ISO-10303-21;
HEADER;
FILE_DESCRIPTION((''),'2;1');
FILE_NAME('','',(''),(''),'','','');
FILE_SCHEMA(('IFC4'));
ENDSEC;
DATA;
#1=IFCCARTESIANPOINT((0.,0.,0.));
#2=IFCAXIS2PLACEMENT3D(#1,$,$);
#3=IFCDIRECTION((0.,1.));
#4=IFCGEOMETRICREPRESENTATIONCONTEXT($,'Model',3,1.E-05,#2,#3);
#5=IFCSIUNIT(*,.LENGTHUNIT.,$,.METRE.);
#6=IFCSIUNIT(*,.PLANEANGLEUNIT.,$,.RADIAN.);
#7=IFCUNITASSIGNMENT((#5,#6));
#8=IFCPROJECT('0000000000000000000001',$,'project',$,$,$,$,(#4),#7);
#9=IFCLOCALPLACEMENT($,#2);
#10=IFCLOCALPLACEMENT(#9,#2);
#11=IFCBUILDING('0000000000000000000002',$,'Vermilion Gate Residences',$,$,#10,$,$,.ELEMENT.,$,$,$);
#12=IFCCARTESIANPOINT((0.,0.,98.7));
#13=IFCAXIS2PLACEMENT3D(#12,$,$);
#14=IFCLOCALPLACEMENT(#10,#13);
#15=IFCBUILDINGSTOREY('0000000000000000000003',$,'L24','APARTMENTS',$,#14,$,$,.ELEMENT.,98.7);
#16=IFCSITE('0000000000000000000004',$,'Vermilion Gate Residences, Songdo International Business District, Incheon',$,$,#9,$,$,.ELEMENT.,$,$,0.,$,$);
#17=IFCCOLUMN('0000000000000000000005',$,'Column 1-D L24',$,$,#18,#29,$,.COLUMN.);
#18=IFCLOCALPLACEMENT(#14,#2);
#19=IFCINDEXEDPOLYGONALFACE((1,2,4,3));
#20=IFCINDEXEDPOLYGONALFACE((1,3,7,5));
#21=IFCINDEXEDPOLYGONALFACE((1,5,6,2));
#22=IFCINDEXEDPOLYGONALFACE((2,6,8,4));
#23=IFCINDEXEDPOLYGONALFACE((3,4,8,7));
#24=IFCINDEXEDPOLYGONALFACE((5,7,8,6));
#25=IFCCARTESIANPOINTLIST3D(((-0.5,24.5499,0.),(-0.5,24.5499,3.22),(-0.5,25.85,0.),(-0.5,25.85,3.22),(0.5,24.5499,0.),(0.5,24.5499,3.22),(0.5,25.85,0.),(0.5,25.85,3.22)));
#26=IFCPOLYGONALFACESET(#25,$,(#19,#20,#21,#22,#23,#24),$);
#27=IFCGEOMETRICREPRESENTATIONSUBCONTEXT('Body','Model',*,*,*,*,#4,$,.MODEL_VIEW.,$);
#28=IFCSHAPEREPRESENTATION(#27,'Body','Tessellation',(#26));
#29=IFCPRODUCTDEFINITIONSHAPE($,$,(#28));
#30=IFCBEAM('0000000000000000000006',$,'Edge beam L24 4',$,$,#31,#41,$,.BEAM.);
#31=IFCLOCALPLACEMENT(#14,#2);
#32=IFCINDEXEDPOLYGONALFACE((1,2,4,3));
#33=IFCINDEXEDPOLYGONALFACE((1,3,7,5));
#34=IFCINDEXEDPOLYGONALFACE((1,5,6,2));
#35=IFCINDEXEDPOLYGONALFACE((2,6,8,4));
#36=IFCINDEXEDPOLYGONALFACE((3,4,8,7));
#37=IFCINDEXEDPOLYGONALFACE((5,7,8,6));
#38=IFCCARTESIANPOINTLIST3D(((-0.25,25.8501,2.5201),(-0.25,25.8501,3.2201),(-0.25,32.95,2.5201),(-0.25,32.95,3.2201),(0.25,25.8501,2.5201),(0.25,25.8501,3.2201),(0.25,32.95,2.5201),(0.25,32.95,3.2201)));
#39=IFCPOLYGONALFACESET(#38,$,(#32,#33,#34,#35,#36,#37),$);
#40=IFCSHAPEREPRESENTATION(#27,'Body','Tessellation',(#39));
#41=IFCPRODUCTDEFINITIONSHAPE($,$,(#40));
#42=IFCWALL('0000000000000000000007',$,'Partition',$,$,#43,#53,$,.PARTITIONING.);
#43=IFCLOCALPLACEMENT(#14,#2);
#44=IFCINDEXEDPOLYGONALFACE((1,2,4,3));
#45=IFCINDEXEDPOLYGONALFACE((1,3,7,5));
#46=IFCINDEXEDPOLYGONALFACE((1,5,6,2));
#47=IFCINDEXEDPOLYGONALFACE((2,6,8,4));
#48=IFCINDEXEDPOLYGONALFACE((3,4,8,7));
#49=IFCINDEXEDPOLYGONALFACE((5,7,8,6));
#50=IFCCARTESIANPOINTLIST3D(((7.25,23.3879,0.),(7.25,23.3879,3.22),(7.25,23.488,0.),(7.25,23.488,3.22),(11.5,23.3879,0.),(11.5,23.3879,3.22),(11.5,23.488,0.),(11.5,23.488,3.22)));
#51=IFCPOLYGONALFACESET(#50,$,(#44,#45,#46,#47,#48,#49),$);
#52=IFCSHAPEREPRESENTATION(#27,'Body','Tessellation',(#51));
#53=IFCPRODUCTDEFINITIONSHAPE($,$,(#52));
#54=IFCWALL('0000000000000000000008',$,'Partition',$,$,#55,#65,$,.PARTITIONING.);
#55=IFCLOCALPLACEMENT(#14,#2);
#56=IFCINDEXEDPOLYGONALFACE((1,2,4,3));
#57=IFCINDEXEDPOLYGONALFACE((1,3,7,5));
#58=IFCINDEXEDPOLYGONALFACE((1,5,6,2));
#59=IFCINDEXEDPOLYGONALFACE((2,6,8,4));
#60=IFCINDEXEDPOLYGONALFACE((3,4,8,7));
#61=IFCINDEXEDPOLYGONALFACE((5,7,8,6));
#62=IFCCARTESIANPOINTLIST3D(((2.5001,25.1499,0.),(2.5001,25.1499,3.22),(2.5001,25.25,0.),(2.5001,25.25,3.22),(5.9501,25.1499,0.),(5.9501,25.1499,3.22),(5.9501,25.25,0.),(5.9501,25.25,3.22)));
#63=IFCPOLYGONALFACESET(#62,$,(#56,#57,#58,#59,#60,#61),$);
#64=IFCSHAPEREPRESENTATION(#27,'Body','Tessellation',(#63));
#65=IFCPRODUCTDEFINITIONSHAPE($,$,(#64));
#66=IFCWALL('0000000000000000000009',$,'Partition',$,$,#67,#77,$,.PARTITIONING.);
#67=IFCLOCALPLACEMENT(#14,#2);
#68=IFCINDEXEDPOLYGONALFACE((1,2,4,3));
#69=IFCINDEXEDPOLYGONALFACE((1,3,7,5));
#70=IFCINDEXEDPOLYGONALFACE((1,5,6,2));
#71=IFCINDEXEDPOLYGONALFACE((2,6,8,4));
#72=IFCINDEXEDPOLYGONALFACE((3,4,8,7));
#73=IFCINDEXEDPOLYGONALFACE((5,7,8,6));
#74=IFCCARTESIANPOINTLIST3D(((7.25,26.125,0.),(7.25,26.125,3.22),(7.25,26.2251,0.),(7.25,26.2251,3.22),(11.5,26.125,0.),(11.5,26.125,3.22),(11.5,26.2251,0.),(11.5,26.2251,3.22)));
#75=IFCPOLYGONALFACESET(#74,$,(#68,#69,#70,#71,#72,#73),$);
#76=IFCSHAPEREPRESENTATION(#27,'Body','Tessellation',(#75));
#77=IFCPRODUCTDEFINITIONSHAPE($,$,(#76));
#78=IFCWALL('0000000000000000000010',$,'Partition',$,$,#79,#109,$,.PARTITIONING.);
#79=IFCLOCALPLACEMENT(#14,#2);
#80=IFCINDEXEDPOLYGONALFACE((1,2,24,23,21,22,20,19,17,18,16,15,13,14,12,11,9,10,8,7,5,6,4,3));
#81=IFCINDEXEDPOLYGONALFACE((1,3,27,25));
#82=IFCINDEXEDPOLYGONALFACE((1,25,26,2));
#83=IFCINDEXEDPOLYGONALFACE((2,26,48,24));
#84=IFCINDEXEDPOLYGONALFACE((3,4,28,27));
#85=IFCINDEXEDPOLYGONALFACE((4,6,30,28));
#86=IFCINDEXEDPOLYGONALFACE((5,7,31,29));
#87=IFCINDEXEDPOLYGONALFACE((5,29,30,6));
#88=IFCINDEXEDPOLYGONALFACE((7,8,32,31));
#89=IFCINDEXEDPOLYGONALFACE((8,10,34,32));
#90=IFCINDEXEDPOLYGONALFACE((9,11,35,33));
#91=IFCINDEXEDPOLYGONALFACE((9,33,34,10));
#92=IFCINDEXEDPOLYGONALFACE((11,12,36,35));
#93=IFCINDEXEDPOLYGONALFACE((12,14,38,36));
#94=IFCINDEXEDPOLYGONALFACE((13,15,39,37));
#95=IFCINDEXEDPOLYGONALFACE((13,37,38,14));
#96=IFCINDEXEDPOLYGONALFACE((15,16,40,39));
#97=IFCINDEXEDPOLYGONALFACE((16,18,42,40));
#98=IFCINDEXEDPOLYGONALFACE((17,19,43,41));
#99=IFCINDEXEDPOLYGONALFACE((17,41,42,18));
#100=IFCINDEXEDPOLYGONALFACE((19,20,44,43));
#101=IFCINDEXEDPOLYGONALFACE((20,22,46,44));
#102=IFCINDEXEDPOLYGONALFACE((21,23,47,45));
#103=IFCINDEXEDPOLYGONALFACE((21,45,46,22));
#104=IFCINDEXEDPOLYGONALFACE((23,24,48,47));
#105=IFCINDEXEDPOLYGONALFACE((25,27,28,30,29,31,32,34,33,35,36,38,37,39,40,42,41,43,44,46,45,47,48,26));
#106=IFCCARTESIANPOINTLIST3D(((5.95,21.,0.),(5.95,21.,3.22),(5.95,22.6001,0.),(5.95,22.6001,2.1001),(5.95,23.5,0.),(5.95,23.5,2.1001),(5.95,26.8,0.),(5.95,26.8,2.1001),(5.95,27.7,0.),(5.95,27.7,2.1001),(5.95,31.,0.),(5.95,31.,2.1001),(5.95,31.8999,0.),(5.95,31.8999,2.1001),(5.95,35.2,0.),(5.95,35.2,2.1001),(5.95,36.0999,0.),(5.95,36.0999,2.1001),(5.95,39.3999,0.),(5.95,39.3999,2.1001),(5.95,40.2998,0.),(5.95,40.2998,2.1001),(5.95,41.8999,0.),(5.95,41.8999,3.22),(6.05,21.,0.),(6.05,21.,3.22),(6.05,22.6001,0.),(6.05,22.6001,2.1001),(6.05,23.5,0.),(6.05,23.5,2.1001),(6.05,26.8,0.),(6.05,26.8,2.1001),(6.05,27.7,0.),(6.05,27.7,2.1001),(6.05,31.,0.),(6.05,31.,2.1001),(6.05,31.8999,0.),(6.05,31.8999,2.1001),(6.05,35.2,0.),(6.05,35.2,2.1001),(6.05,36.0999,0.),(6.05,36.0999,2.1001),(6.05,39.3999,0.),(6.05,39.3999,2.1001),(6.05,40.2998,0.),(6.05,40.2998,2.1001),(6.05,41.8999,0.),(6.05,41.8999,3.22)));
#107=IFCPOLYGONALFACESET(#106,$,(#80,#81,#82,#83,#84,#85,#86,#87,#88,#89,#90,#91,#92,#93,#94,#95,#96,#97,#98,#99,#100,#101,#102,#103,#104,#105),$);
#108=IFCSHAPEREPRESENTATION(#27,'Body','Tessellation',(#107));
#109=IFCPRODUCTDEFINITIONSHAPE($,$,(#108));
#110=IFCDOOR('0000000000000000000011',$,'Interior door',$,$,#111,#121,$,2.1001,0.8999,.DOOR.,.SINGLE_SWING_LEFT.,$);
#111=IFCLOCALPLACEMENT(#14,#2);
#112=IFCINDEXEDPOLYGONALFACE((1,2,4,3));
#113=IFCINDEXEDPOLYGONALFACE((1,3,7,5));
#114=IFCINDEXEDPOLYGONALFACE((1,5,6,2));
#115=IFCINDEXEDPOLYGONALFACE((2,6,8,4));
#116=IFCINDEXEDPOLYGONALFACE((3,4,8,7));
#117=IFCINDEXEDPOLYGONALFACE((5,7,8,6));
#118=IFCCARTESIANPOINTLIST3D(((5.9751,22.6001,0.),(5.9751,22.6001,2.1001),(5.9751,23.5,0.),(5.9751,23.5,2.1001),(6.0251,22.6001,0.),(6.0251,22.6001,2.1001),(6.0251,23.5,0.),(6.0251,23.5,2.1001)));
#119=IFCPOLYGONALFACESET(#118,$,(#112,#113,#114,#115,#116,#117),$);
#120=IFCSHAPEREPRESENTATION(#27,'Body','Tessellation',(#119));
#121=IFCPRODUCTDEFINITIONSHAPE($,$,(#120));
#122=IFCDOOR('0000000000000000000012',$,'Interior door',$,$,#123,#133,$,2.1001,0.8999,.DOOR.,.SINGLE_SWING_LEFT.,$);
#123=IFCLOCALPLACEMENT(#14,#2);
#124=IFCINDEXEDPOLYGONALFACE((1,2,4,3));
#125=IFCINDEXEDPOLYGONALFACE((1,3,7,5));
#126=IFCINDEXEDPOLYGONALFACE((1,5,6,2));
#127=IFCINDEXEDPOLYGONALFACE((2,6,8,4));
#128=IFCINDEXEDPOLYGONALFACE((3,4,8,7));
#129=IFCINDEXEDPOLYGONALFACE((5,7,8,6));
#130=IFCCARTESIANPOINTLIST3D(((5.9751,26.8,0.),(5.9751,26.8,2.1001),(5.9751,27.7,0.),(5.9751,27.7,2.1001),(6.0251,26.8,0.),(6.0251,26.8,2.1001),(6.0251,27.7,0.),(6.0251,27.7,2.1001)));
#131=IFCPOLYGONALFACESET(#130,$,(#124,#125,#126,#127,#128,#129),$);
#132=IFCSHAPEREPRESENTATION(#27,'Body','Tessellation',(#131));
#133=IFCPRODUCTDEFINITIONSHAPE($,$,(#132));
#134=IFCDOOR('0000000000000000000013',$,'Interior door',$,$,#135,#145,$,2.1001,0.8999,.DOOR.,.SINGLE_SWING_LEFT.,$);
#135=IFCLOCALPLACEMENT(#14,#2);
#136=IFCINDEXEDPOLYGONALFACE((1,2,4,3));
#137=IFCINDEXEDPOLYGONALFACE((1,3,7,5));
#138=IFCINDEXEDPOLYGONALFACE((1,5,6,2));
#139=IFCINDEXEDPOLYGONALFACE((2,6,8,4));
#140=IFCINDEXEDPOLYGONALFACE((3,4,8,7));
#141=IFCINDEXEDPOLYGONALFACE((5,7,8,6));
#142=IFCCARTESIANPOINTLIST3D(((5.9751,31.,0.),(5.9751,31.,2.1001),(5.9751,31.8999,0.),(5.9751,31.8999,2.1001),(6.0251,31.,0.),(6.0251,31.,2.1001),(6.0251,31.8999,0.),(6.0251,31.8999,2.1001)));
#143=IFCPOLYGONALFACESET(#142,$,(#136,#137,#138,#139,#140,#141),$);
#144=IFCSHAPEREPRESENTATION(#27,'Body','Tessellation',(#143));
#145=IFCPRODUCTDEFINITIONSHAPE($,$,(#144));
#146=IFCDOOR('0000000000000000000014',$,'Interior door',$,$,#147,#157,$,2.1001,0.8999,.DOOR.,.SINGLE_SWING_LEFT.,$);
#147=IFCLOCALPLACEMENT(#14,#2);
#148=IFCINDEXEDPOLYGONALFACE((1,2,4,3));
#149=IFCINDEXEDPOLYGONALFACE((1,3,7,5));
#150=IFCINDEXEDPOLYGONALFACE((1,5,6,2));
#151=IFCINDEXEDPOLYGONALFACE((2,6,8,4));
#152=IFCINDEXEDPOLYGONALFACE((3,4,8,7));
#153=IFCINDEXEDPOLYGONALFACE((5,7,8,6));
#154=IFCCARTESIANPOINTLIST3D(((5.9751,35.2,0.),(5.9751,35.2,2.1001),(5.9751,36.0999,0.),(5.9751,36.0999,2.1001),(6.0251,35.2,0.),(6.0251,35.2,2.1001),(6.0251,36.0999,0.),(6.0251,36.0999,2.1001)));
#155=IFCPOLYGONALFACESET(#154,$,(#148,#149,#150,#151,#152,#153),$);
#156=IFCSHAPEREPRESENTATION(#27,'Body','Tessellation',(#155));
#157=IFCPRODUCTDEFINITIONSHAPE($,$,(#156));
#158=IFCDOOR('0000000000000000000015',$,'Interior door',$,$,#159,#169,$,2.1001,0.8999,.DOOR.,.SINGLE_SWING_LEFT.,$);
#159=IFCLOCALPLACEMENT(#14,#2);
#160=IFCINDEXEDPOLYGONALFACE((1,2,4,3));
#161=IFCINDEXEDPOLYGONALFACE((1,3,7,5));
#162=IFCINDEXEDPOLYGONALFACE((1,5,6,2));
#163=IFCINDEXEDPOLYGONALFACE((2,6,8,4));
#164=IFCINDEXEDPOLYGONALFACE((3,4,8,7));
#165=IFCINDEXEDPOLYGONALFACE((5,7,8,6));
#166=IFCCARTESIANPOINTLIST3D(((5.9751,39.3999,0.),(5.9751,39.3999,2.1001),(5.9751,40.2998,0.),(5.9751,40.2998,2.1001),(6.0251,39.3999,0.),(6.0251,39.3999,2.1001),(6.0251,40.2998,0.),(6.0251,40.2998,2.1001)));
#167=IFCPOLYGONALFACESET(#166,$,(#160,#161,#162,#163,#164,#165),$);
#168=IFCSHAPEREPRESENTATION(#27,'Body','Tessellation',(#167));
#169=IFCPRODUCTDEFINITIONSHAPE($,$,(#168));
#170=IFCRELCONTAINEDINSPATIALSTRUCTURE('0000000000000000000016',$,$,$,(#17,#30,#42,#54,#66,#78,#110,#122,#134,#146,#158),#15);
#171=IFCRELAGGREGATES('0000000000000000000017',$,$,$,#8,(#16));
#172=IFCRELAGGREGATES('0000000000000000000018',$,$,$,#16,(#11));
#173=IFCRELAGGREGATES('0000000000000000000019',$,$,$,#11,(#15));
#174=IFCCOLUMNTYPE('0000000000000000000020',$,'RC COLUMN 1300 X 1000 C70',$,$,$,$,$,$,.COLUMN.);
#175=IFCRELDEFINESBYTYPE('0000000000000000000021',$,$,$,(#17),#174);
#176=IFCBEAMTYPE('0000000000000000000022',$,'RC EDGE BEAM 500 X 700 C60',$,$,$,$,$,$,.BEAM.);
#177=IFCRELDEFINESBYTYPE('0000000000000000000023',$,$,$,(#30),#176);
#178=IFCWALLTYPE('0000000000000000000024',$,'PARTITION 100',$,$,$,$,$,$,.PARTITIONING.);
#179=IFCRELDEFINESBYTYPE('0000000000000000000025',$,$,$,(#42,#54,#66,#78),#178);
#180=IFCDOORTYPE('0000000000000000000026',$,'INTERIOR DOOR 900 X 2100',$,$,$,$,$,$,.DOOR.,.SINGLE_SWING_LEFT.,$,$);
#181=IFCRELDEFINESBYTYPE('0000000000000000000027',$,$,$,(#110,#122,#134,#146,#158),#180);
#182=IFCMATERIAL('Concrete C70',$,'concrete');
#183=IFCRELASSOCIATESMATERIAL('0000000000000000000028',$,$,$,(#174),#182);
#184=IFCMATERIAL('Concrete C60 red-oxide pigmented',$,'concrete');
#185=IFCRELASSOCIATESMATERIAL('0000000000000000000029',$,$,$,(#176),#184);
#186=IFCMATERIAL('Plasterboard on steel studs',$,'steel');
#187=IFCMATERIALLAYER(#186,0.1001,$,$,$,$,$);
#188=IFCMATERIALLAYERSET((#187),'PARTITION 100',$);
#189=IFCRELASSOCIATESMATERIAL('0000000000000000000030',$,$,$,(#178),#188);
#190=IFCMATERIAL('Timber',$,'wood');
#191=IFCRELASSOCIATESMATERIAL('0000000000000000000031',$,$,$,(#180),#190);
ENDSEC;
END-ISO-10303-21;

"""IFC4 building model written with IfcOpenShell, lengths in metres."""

from ifc_helpers import new_model, si_unit, direction, frame, frame_2d, origin, origin_2d, place, context, subcontext, project, spatial, rectangle, extrude, material, layer, layer_set, material_profile, profile_set, type_object, element, fill, save


model = new_model("IFC4")

# Units and contexts
model_context = context("Model", 3, precision=1e-05, world=origin(), true_north=direction((0.0, 1.0)))
body_context = subcontext(model_context, "Body", "Model", "MODEL_VIEW")
ifc_project = project(units=[si_unit("LENGTHUNIT", "METRE"), si_unit("PLANEANGLEUNIT", "RADIAN")], contexts=[model_context])

# Site, building, storey
site_placement = place(None, origin())
site = spatial("IfcSite", under=ifc_project, at=site_placement, Name="Vermilion Gate Residences, Songdo International Business District, Incheon", CompositionType="ELEMENT", RefElevation=0.0)
building_placement = place(site_placement, origin())
building = spatial("IfcBuilding", under=site, at=building_placement, Name="Vermilion Gate Residences", CompositionType="ELEMENT")
storey_placement = place(building_placement, frame((0.0, 0.0, 98.7)))
storey = spatial("IfcBuildingStorey", under=building, at=storey_placement, Name="L24", Description="APARTMENTS", CompositionType="ELEMENT", Elevation=98.7)

# Column
ifc_material_1 = material(Name="Concrete C70", Category="concrete")
ifc_material_profile_1 = material_profile(ifc_material_1, rectangle(XDim=1.3, YDim=1.0, at=origin_2d()), Name="RC-1300x1000")
ifc_profile_set_1 = profile_set([ifc_material_profile_1], Name="Concrete C70")
column_type = type_object("IfcColumnType", Name="RC COLUMN 1300 X 1000 C70", PredefinedType="COLUMN", material=ifc_profile_set_1)
column_placement = place(storey_placement, frame((0.0, 25.2, 0.0), z_axis=(0.0, 0.0, 1.0), x_axis=(0.0, 1.0, 0.0)))
element("IfcColumn", 1, at=column_placement, inside=storey, type_object=column_type, Name="Column 1-D L24", PredefinedType="COLUMN", context=body_context, shape_type="SweptSolid", body=[
    extrude(rectangle(XDim=1.3, YDim=1.0, at=origin_2d()), origin(), (0.0, 0.0, 1.0), 3.22),
])

# Beam
ifc_material_2 = material(Name="Concrete C60 red-oxide pigmented", Category="concrete")
ifc_material_profile_2 = material_profile(ifc_material_2, rectangle(XDim=0.5, YDim=0.7, at=origin_2d()), Name="RC-500x700")
ifc_profile_set_2 = profile_set([ifc_material_profile_2], Name="Concrete C60 red-oxide pigmented")
beam_type = type_object("IfcBeamType", Name="RC EDGE BEAM 500 X 700 C60", PredefinedType="BEAM", material=ifc_profile_set_2)
beam_placement = place(storey_placement, frame((0.0, 25.8501, 2.8701), z_axis=(0.0, 1.0, 0.0), x_axis=(-1.0, 0.0, 0.0)))
element("IfcBeam", 2, at=beam_placement, inside=storey, type_object=beam_type, Name="Edge beam L24 4", PredefinedType="BEAM", context=body_context, shape_type="SweptSolid", body=[
    extrude(rectangle(XDim=0.5, YDim=0.7, at=origin_2d()), origin(), (0.0, 0.0, 1.0), 7.0999),
])

# Walls
ifc_material_3 = material(Name="Plasterboard on steel studs", Category="steel")
ifc_layer = layer(ifc_material_3, 0.1001)
ifc_layer_set = layer_set([ifc_layer], Name="PARTITION 100")
wall_type = type_object("IfcWallType", Name="PARTITION 100", PredefinedType="PARTITIONING", material=ifc_layer_set)
wall_1_placement = place(storey_placement, frame((7.25, 23.438, 0.0), z_axis=(0.0, 0.0, 1.0), x_axis=(1.0, 0.0, 0.0)))
element("IfcWall", 3, at=wall_1_placement, inside=storey, type_object=wall_type, Name="Partition", PredefinedType="PARTITIONING", context=body_context, shape_type="SweptSolid", body=[
    extrude(rectangle(XDim=4.25, YDim=0.1001, at=frame_2d((2.125, 0.0))), origin(), (0.0, 0.0, 1.0), 3.22),
])
wall_2_placement = place(storey_placement, frame((2.5, 25.2, 0.0), z_axis=(0.0, 0.0, 1.0), x_axis=(1.0, 0.0, 0.0)))
element("IfcWall", 4, at=wall_2_placement, inside=storey, type_object=wall_type, Name="Partition", PredefinedType="PARTITIONING", context=body_context, shape_type="SweptSolid", body=[
    extrude(rectangle(XDim=3.45, YDim=0.1001, at=frame_2d((1.7251, 0.0))), origin(), (0.0, 0.0, 1.0), 3.22),
])
wall_3_placement = place(storey_placement, frame((7.25, 26.175, 0.0), z_axis=(0.0, 0.0, 1.0), x_axis=(1.0, 0.0, 0.0)))
element("IfcWall", 5, at=wall_3_placement, inside=storey, type_object=wall_type, Name="Partition", PredefinedType="PARTITIONING", context=body_context, shape_type="SweptSolid", body=[
    extrude(rectangle(XDim=4.25, YDim=0.1001, at=frame_2d((2.125, 0.0))), origin(), (0.0, 0.0, 1.0), 3.22),
])

# Wall, openings, doors
wall_4_placement = place(storey_placement, frame((6.0, 21.0, 0.0), z_axis=(0.0, 0.0, 1.0), x_axis=(0.0, 1.0, 0.0)))
wall_4 = element("IfcWall", 6, at=wall_4_placement, inside=storey, type_object=wall_type, Name="Partition", PredefinedType="PARTITIONING", context=body_context, shape_type="SweptSolid", body=[
    extrude(rectangle(XDim=20.8999, YDim=0.1001, at=frame_2d((10.45, 0.0))), origin(), (0.0, 0.0, 1.0), 3.22),
])
opening_1_placement = place(wall_4_placement, frame((1.6001, 0.0, 0.0)))
opening_1 = element("IfcOpeningElement", 7, at=opening_1_placement, cuts=wall_4, PredefinedType="OPENING", context=body_context, shape_type="SweptSolid", body=[
    extrude(rectangle(XDim=0.8999, YDim=2.1001, at=frame_2d((0.45, 1.05))), frame((0.0, 0.0601, 0.0), z_axis=(0.0, -1.0, 0.0), x_axis=(1.0, 0.0, 0.0)), (0.0, 0.0, 1.0), 0.1201),
])
opening_2_placement = place(wall_4_placement, frame((5.8, 0.0, 0.0)))
opening_2 = element("IfcOpeningElement", 8, at=opening_2_placement, cuts=wall_4, PredefinedType="OPENING", context=body_context, shape_type="SweptSolid", body=[
    extrude(rectangle(XDim=0.8999, YDim=2.1001, at=frame_2d((0.45, 1.05))), frame((0.0, 0.0601, 0.0), z_axis=(0.0, -1.0, 0.0), x_axis=(1.0, 0.0, 0.0)), (0.0, 0.0, 1.0), 0.1201),
])
opening_3_placement = place(wall_4_placement, frame((10.0, 0.0, 0.0)))
opening_3 = element("IfcOpeningElement", 9, at=opening_3_placement, cuts=wall_4, PredefinedType="OPENING", context=body_context, shape_type="SweptSolid", body=[
    extrude(rectangle(XDim=0.8999, YDim=2.1001, at=frame_2d((0.45, 1.05))), frame((0.0, 0.0601, 0.0), z_axis=(0.0, -1.0, 0.0), x_axis=(1.0, 0.0, 0.0)), (0.0, 0.0, 1.0), 0.1201),
])
opening_4_placement = place(wall_4_placement, frame((14.2, 0.0, 0.0)))
opening_4 = element("IfcOpeningElement", 10, at=opening_4_placement, cuts=wall_4, PredefinedType="OPENING", context=body_context, shape_type="SweptSolid", body=[
    extrude(rectangle(XDim=0.8999, YDim=2.1001, at=frame_2d((0.45, 1.05))), frame((0.0, 0.0601, 0.0), z_axis=(0.0, -1.0, 0.0), x_axis=(1.0, 0.0, 0.0)), (0.0, 0.0, 1.0), 0.1201),
])
opening_5_placement = place(wall_4_placement, frame((18.3999, 0.0, 0.0)))
opening_5 = element("IfcOpeningElement", 11, at=opening_5_placement, cuts=wall_4, PredefinedType="OPENING", context=body_context, shape_type="SweptSolid", body=[
    extrude(rectangle(XDim=0.8999, YDim=2.1001, at=frame_2d((0.45, 1.05))), frame((0.0, 0.0601, 0.0), z_axis=(0.0, -1.0, 0.0), x_axis=(1.0, 0.0, 0.0)), (0.0, 0.0, 1.0), 0.1201),
])
ifc_material_4 = material(Name="Timber", Category="wood")
door_type = type_object("IfcDoorType", Name="INTERIOR DOOR 900 X 2100", OperationType="SINGLE_SWING_LEFT", PredefinedType="DOOR", material=ifc_material_4)
door_1_placement = place(opening_1_placement, origin())
door_1 = element("IfcDoor", 12, at=door_1_placement, inside=storey, type_object=door_type, Name="Interior door", OperationType="SINGLE_SWING_LEFT", OverallHeight=2.1001, OverallWidth=0.8999, PredefinedType="DOOR", context=body_context, shape_type="SweptSolid", body=[
    extrude(rectangle(XDim=0.8999, YDim=2.1001, at=frame_2d((0.45, 1.05))), frame((0.0, 0.0249, 0.0), z_axis=(0.0, -1.0, 0.0), x_axis=(1.0, 0.0, 0.0)), (0.0, 0.0, 1.0), 0.05),
])
fill(opening_1, door_1)
door_2_placement = place(opening_2_placement, origin())
door_2 = element("IfcDoor", 13, at=door_2_placement, inside=storey, type_object=door_type, Name="Interior door", OperationType="SINGLE_SWING_LEFT", OverallHeight=2.1001, OverallWidth=0.8999, PredefinedType="DOOR", context=body_context, shape_type="SweptSolid", body=[
    extrude(rectangle(XDim=0.8999, YDim=2.1001, at=frame_2d((0.45, 1.05))), frame((0.0, 0.0249, 0.0), z_axis=(0.0, -1.0, 0.0), x_axis=(1.0, 0.0, 0.0)), (0.0, 0.0, 1.0), 0.05),
])
fill(opening_2, door_2)
door_3_placement = place(opening_3_placement, origin())
door_3 = element("IfcDoor", 14, at=door_3_placement, inside=storey, type_object=door_type, Name="Interior door", OperationType="SINGLE_SWING_LEFT", OverallHeight=2.1001, OverallWidth=0.8999, PredefinedType="DOOR", context=body_context, shape_type="SweptSolid", body=[
    extrude(rectangle(XDim=0.8999, YDim=2.1001, at=frame_2d((0.45, 1.05))), frame((0.0, 0.0249, 0.0), z_axis=(0.0, -1.0, 0.0), x_axis=(1.0, 0.0, 0.0)), (0.0, 0.0, 1.0), 0.05),
])
fill(opening_3, door_3)
door_4_placement = place(opening_4_placement, origin())
door_4 = element("IfcDoor", 15, at=door_4_placement, inside=storey, type_object=door_type, Name="Interior door", OperationType="SINGLE_SWING_LEFT", OverallHeight=2.1001, OverallWidth=0.8999, PredefinedType="DOOR", context=body_context, shape_type="SweptSolid", body=[
    extrude(rectangle(XDim=0.8999, YDim=2.1001, at=frame_2d((0.45, 1.05))), frame((0.0, 0.0249, 0.0), z_axis=(0.0, -1.0, 0.0), x_axis=(1.0, 0.0, 0.0)), (0.0, 0.0, 1.0), 0.05),
])
fill(opening_4, door_4)
door_5_placement = place(opening_5_placement, origin())
door_5 = element("IfcDoor", 16, at=door_5_placement, inside=storey, type_object=door_type, Name="Interior door", OperationType="SINGLE_SWING_LEFT", OverallHeight=2.1001, OverallWidth=0.8999, PredefinedType="DOOR", context=body_context, shape_type="SweptSolid", body=[
    extrude(rectangle(XDim=0.8999, YDim=2.1001, at=frame_2d((0.45, 1.05))), frame((0.0, 0.0249, 0.0), z_axis=(0.0, -1.0, 0.0), x_axis=(1.0, 0.0, 0.0)), (0.0, 0.0, 1.0), 0.05),
])
fill(opening_5, door_5)

save(model, "model.ifc")
